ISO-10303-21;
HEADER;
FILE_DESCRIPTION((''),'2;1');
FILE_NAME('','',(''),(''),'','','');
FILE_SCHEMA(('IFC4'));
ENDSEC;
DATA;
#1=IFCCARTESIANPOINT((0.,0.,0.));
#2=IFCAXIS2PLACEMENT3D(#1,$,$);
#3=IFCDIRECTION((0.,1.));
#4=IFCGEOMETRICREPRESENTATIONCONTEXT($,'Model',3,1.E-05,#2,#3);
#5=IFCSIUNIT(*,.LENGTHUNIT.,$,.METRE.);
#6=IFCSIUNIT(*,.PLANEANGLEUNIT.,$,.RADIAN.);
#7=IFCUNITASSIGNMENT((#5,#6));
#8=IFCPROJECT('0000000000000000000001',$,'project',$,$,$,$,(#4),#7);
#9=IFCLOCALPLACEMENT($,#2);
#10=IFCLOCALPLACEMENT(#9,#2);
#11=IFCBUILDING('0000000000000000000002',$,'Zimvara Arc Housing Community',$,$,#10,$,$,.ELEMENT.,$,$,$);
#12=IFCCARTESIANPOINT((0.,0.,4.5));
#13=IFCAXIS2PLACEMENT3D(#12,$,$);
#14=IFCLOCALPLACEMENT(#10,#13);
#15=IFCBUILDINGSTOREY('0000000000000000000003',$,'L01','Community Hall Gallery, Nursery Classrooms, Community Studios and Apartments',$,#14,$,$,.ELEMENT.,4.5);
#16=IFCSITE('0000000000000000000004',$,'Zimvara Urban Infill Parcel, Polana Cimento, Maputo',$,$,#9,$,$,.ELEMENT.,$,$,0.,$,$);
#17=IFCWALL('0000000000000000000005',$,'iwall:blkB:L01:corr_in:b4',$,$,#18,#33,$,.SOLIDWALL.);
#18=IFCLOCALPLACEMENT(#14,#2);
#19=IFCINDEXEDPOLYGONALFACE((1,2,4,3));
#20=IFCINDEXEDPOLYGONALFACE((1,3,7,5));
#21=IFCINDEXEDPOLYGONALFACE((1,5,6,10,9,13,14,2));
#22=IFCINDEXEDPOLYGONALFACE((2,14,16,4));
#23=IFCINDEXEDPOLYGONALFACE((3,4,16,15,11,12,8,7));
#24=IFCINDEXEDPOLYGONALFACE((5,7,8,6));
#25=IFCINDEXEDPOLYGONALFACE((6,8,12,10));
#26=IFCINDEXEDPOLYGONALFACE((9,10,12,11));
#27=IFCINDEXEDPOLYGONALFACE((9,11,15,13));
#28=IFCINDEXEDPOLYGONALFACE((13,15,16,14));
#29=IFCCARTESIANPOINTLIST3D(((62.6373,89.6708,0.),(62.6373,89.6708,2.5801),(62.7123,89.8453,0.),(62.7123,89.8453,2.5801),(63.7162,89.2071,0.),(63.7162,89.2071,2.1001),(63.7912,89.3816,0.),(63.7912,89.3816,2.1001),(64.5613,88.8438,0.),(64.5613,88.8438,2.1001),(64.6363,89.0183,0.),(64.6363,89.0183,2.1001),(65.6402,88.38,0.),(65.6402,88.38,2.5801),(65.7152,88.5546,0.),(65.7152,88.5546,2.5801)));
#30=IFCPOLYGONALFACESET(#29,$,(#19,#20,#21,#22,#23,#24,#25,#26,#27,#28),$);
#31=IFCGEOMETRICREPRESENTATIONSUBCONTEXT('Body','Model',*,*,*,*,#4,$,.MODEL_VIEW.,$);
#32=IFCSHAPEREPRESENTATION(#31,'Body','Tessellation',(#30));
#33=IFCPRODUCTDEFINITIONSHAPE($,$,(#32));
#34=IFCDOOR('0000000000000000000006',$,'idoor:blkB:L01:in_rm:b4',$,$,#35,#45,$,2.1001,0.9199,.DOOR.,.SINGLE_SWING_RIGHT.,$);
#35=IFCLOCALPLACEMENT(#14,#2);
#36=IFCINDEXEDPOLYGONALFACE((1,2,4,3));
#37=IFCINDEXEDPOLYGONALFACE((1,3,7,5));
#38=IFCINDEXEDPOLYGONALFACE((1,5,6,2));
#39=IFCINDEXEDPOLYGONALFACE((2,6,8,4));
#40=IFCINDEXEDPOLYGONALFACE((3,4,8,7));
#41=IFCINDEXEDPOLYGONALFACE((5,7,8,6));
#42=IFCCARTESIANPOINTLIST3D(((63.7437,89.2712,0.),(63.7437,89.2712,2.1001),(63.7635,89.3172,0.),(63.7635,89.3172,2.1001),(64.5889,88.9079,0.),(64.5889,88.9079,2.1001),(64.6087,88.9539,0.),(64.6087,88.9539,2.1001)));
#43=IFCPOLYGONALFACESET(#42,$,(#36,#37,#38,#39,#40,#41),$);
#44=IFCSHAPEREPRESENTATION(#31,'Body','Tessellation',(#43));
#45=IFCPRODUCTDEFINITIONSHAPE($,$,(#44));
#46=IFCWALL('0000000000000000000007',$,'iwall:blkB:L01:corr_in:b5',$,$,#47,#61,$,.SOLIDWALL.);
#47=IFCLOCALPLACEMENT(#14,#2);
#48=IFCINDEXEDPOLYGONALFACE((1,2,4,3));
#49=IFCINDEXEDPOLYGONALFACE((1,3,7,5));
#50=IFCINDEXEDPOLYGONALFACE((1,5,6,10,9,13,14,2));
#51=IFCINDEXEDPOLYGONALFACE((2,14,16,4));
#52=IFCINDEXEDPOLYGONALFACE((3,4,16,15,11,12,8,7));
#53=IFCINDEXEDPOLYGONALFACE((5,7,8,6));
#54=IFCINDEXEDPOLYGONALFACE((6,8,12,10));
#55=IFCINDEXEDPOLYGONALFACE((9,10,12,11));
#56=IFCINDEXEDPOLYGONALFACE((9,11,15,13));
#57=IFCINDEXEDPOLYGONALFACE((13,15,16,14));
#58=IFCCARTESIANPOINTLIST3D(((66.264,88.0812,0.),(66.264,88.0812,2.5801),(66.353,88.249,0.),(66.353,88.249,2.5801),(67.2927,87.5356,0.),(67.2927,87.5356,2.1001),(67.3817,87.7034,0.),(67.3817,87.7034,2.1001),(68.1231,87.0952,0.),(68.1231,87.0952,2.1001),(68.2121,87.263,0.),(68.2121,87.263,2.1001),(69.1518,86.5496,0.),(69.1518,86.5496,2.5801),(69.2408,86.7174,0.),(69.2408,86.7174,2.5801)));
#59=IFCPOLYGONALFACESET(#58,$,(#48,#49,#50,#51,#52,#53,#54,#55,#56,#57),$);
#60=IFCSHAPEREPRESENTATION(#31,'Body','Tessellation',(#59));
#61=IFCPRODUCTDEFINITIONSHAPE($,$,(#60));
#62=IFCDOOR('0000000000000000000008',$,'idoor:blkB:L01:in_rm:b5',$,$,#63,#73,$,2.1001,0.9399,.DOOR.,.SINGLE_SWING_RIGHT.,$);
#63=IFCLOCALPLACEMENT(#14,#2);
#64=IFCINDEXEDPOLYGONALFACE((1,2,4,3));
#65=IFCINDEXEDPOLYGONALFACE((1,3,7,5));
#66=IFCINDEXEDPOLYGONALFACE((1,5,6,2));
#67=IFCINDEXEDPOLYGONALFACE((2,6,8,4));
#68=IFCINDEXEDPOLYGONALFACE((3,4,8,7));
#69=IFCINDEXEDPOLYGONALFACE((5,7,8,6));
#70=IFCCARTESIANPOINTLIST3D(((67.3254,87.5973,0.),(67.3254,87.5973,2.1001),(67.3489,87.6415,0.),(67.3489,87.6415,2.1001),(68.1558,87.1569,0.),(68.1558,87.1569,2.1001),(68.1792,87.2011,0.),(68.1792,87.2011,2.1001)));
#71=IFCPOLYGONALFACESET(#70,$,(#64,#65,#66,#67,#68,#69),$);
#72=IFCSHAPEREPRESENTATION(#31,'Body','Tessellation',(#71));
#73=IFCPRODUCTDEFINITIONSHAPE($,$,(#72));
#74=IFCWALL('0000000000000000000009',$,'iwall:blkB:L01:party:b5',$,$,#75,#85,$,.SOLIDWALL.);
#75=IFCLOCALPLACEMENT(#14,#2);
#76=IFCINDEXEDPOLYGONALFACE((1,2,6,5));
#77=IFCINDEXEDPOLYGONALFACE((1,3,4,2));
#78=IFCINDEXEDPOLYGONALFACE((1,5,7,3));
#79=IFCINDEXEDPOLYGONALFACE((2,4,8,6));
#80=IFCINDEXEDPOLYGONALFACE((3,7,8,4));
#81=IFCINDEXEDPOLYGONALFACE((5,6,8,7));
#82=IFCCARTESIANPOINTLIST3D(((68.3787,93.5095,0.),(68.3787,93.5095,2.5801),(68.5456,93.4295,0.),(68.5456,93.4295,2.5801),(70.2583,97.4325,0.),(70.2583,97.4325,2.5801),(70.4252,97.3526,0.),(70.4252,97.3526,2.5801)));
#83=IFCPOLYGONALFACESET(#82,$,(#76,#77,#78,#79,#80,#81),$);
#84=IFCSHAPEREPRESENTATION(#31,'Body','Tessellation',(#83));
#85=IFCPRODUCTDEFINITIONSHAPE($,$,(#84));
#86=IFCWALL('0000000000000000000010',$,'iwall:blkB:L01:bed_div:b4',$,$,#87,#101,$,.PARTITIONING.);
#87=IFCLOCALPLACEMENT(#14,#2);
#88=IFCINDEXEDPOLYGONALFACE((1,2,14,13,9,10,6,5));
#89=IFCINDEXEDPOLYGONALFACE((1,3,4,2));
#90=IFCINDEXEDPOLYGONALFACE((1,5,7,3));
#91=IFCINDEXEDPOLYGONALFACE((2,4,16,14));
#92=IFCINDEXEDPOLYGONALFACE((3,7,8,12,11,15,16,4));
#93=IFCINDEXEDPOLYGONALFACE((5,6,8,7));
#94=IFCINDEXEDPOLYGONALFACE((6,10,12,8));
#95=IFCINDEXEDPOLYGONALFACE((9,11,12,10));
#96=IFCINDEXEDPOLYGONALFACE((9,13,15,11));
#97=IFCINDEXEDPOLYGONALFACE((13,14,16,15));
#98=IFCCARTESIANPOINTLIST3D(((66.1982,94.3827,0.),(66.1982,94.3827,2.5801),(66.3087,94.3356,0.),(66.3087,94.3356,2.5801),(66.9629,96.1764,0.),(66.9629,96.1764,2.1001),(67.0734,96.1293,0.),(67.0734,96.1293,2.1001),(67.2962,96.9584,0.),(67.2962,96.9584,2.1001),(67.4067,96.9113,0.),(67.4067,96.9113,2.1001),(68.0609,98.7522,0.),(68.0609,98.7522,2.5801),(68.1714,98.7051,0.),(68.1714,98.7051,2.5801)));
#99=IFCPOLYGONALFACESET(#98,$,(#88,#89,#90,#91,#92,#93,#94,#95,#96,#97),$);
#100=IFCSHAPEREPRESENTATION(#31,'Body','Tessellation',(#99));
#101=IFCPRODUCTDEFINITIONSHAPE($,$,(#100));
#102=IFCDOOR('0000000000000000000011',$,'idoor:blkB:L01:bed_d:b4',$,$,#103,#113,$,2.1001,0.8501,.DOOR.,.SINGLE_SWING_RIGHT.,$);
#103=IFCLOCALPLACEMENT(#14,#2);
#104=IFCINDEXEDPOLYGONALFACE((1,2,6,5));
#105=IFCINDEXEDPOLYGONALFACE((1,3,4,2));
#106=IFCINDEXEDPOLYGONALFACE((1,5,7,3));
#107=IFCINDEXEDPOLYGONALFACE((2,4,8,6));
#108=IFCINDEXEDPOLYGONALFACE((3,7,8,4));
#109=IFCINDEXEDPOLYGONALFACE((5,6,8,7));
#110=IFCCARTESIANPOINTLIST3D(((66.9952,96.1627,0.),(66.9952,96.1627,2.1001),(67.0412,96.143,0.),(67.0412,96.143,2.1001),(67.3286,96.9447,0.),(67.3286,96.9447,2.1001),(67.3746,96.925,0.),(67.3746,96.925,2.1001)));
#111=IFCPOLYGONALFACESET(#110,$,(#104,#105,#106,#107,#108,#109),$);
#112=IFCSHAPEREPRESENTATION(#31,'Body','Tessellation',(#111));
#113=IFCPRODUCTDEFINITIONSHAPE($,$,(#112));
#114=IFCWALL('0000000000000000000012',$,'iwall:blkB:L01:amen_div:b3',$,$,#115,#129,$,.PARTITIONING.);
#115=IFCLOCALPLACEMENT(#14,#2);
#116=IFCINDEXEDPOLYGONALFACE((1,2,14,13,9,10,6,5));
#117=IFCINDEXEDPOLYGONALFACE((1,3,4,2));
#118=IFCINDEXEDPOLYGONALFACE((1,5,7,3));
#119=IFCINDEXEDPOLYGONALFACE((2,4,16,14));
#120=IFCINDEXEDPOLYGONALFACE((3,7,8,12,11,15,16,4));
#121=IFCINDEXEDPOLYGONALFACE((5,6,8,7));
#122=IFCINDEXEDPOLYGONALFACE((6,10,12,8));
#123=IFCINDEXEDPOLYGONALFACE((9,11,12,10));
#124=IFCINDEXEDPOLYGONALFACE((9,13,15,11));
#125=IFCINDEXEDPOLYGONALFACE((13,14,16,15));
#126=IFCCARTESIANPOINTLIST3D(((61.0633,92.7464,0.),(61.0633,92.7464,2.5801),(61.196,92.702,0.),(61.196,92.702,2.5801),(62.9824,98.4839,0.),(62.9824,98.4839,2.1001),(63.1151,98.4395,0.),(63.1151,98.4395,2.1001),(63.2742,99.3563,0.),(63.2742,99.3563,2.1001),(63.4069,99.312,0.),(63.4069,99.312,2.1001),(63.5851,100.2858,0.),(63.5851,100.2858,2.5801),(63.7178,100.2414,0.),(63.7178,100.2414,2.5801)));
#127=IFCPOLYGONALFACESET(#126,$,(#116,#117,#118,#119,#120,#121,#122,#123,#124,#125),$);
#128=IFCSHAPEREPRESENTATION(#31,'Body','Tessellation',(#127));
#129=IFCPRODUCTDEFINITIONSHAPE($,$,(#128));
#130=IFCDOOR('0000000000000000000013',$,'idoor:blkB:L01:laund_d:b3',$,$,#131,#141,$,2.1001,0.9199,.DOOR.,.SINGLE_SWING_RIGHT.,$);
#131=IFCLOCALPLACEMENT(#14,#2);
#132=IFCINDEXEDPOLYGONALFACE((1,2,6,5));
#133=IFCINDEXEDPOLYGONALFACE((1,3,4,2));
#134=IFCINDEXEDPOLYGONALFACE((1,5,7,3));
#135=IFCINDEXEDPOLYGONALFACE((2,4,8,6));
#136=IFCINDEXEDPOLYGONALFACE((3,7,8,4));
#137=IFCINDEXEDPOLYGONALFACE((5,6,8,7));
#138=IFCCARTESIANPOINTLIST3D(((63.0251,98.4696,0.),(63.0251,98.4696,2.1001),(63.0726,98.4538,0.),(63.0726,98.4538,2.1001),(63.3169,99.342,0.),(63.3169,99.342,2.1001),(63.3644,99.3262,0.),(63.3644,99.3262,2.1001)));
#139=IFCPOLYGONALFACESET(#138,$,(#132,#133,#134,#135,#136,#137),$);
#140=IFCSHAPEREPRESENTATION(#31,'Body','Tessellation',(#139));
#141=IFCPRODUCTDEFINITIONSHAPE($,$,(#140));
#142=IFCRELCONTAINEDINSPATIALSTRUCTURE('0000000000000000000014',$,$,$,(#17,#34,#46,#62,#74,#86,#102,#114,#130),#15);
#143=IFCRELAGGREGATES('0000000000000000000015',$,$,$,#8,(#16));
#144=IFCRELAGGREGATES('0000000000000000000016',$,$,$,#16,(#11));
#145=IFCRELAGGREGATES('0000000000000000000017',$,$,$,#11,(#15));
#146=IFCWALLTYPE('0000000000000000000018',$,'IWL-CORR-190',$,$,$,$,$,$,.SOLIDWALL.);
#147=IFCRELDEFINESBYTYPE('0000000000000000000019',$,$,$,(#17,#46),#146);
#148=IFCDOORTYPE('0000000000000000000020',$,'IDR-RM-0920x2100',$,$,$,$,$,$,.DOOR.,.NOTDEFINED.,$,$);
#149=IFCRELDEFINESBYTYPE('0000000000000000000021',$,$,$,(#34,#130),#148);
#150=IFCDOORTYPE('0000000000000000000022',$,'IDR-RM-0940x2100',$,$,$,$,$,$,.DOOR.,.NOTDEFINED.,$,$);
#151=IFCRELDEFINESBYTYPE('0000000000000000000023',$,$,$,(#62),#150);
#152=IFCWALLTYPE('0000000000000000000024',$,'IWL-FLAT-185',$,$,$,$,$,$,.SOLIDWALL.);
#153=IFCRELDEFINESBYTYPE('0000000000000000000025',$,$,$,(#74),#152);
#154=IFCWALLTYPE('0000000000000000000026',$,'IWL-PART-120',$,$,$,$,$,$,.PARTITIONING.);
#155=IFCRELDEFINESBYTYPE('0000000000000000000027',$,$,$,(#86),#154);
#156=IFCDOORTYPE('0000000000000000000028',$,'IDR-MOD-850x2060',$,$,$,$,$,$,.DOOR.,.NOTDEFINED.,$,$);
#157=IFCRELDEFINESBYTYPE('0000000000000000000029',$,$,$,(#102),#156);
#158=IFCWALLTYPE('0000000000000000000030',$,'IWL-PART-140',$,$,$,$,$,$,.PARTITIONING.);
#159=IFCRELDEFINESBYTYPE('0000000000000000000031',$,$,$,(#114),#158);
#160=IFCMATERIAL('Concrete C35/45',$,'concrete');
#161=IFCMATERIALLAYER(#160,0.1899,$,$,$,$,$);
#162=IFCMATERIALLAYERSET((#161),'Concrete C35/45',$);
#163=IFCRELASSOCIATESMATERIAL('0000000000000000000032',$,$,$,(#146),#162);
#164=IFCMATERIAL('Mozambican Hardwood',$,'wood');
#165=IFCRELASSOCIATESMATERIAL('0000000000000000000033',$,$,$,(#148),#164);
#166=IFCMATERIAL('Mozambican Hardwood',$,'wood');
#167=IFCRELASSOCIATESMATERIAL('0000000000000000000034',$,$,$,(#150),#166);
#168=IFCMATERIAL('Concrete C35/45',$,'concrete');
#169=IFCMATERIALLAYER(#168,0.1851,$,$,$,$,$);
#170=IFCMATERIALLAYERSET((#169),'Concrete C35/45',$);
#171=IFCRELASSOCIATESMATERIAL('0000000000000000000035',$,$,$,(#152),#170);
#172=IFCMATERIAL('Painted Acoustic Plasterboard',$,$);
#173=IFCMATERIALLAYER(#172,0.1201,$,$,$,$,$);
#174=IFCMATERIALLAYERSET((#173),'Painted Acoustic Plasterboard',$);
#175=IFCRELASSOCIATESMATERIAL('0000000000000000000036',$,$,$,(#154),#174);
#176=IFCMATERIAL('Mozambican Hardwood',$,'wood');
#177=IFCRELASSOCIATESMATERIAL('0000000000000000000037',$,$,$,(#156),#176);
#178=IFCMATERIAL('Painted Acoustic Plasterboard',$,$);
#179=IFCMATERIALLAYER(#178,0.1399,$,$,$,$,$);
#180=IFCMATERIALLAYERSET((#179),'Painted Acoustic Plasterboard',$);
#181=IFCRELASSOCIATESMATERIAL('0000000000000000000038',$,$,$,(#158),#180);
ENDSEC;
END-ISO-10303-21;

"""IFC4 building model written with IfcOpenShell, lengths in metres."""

from ifc_helpers import new_model, si_unit, direction, frame, frame_2d, origin, place, context, subcontext, project, spatial, rectangle, extrude, material, layer, layer_set, type_object, element, fill, save


model = new_model("IFC4")

# Units and contexts
model_context = context("Model", 3, precision=1e-05, world=origin(), true_north=direction((0.0, 1.0)))
body_context = subcontext(model_context, "Body", "Model", "MODEL_VIEW")
ifc_project = project(units=[si_unit("LENGTHUNIT", "METRE"), si_unit("PLANEANGLEUNIT", "RADIAN")], contexts=[model_context])

# Site, building, storey
site_placement = place(None, origin())
site = spatial("IfcSite", under=ifc_project, at=site_placement, Name="Zimvara Urban Infill Parcel, Polana Cimento, Maputo", CompositionType="ELEMENT", RefElevation=0.0)
building_placement = place(site_placement, origin())
building = spatial("IfcBuilding", under=site, at=building_placement, Name="Zimvara Arc Housing Community", CompositionType="ELEMENT")
storey_placement = place(building_placement, frame((0.0, 0.0, 4.5)))
storey = spatial("IfcBuildingStorey", under=building, at=storey_placement, Name="L01", Description="Community Hall Gallery, Nursery Classrooms, Community Studios and Apartments", CompositionType="ELEMENT", Elevation=4.5)

# Walls, openings, doors
ifc_material_1 = material(Name="Concrete C35/45", Category="concrete")
ifc_layer_1 = layer(ifc_material_1, 0.1899)
ifc_layer_set_1 = layer_set([ifc_layer_1], Name="Concrete C35/45")
wall_type_1 = type_object("IfcWallType", Name="IWL-CORR-190", PredefinedType="SOLIDWALL", material=ifc_layer_set_1)
wall_1_placement = place(storey_placement, frame((62.6748, 89.7581, 0.0), z_axis=(0.0, 0.0, 1.0), x_axis=(0.918723, -0.394902, 0.0)))
wall_1 = element("IfcWall", 1, at=wall_1_placement, inside=storey, type_object=wall_type_1, Name="iwall:blkB:L01:corr_in:b4", PredefinedType="SOLIDWALL", context=body_context, shape_type="SweptSolid", body=[
    extrude(rectangle(XDim=3.2686, YDim=0.1899, at=frame_2d((1.6343, 0.0))), origin(), (0.0, 0.0, 1.0), 2.5801),
])
opening_1_placement = place(wall_1_placement, frame((1.1743, 0.0, 0.0)))
opening_1 = element("IfcOpeningElement", 2, at=opening_1_placement, cuts=wall_1, PredefinedType="OPENING", context=body_context, shape_type="SweptSolid", body=[
    extrude(rectangle(XDim=0.9199, YDim=2.1001, at=frame_2d((0.46, 1.05))), frame((0.0, 0.105, 0.0), z_axis=(0.0, -1.0, 0.0), x_axis=(1.0, 0.0, 0.0)), (0.0, 0.0, 1.0), 0.21),
])
ifc_material_2 = material(Name="Mozambican Hardwood", Category="wood")
door_type_1 = type_object("IfcDoorType", Name="IDR-RM-0920x2100", OperationType="NOTDEFINED", PredefinedType="DOOR", material=ifc_material_2)
door_1_placement = place(opening_1_placement, origin())
door_1 = element("IfcDoor", 3, at=door_1_placement, inside=storey, type_object=door_type_1, Name="idoor:blkB:L01:in_rm:b4", OperationType="SINGLE_SWING_RIGHT", OverallHeight=2.1001, OverallWidth=0.9199, PredefinedType="DOOR", context=body_context, shape_type="SweptSolid", body=[
    extrude(rectangle(XDim=0.9199, YDim=2.1001, at=frame_2d((0.46, 1.05))), frame((0.0, 0.0249, 0.0), z_axis=(0.0, -1.0, 0.0), x_axis=(1.0, 0.0, 0.0)), (0.0, 0.0, 1.0), 0.05),
])
fill(opening_1, door_1)
wall_2_placement = place(storey_placement, frame((66.3086, 88.165, 0.0), z_axis=(0.0, 0.0, 1.0), x_axis=(0.883444, -0.468536, 0.0)))
wall_2 = element("IfcWall", 4, at=wall_2_placement, inside=storey, type_object=wall_type_1, Name="iwall:blkB:L01:corr_in:b5", PredefinedType="SOLIDWALL", context=body_context, shape_type="SweptSolid", body=[
    extrude(rectangle(XDim=3.2688, YDim=0.1899, at=frame_2d((1.6343, 0.0))), origin(), (0.0, 0.0, 1.0), 2.5801),
])
opening_2_placement = place(wall_2_placement, frame((1.1643, 0.0, 0.0)))
opening_2 = element("IfcOpeningElement", 5, at=opening_2_placement, cuts=wall_2, PredefinedType="OPENING", context=body_context, shape_type="SweptSolid", body=[
    extrude(rectangle(XDim=0.9399, YDim=2.1001, at=frame_2d((0.47, 1.05))), frame((0.0, 0.105, 0.0), z_axis=(0.0, -1.0, 0.0), x_axis=(1.0, 0.0, 0.0)), (0.0, 0.0, 1.0), 0.21),
])
ifc_material_3 = material(Name="Mozambican Hardwood", Category="wood")
door_type_2 = type_object("IfcDoorType", Name="IDR-RM-0940x2100", OperationType="NOTDEFINED", PredefinedType="DOOR", material=ifc_material_3)
door_2_placement = place(opening_2_placement, origin())
door_2 = element("IfcDoor", 6, at=door_2_placement, inside=storey, type_object=door_type_2, Name="idoor:blkB:L01:in_rm:b5", OperationType="SINGLE_SWING_RIGHT", OverallHeight=2.1001, OverallWidth=0.9399, PredefinedType="DOOR", context=body_context, shape_type="SweptSolid", body=[
    extrude(rectangle(XDim=0.9399, YDim=2.1001, at=frame_2d((0.47, 1.05))), frame((0.0, 0.0249, 0.0), z_axis=(0.0, -1.0, 0.0), x_axis=(1.0, 0.0, 0.0)), (0.0, 0.0, 1.0), 0.05),
])
fill(opening_2, door_2)

# Wall
ifc_material_4 = material(Name="Concrete C35/45", Category="concrete")
ifc_layer_2 = layer(ifc_material_4, 0.1851)
ifc_layer_set_2 = layer_set([ifc_layer_2], Name="Concrete C35/45")
wall_type_2 = type_object("IfcWallType", Name="IWL-FLAT-185", PredefinedType="SOLIDWALL", material=ifc_layer_set_2)
wall_3_placement = place(storey_placement, frame((68.4622, 93.4695, 0.0), z_axis=(0.0, 0.0, 1.0), x_axis=(0.432087, 0.901832, 0.0)))
element("IfcWall", 7, at=wall_3_placement, inside=storey, type_object=wall_type_2, Name="iwall:blkB:L01:party:b5", PredefinedType="SOLIDWALL", context=body_context, shape_type="SweptSolid", body=[
    extrude(rectangle(XDim=4.3501, YDim=0.1851, at=frame_2d((2.175, 0.0))), origin(), (0.0, 0.0, 1.0), 2.5801),
])

# Walls, openings, doors
ifc_material_5 = material(Name="Painted Acoustic Plasterboard")
ifc_layer_3 = layer(ifc_material_5, 0.1201)
ifc_layer_set_3 = layer_set([ifc_layer_3], Name="Painted Acoustic Plasterboard")
wall_type_3 = type_object("IfcWallType", Name="IWL-PART-120", PredefinedType="PARTITIONING", material=ifc_layer_set_3)
wall_4_placement = place(storey_placement, frame((66.2534, 94.3591, 0.0), z_axis=(0.0, 0.0, 1.0), x_axis=(0.392157, 0.919898, 0.0)))
wall_4 = element("IfcWall", 8, at=wall_4_placement, inside=storey, type_object=wall_type_3, Name="iwall:blkB:L01:bed_div:b4", PredefinedType="PARTITIONING", context=body_context, shape_type="SweptSolid", body=[
    extrude(rectangle(XDim=4.75, YDim=0.1201, at=frame_2d((2.375, 0.0))), origin(), (0.0, 0.0, 1.0), 2.5801),
])
opening_3_placement = place(wall_4_placement, frame((1.95, 0.0, 0.0)))
opening_3 = element("IfcOpeningElement", 9, at=opening_3_placement, cuts=wall_4, PredefinedType="OPENING", context=body_context, shape_type="SweptSolid", body=[
    extrude(rectangle(XDim=0.8501, YDim=2.1001, at=frame_2d((0.425, 1.05))), frame((0.0, 0.0701, 0.0), z_axis=(0.0, -1.0, 0.0), x_axis=(1.0, 0.0, 0.0)), (0.0, 0.0, 1.0), 0.1401),
])
ifc_material_6 = material(Name="Mozambican Hardwood", Category="wood")
door_type_3 = type_object("IfcDoorType", Name="IDR-MOD-850x2060", OperationType="NOTDEFINED", PredefinedType="DOOR", material=ifc_material_6)
door_3_placement = place(opening_3_placement, origin())
door_3 = element("IfcDoor", 10, at=door_3_placement, inside=storey, type_object=door_type_3, Name="idoor:blkB:L01:bed_d:b4", OperationType="SINGLE_SWING_RIGHT", OverallHeight=2.1001, OverallWidth=0.8501, PredefinedType="DOOR", context=body_context, shape_type="SweptSolid", body=[
    extrude(rectangle(XDim=0.8501, YDim=2.1001, at=frame_2d((0.425, 1.05))), frame((0.0, 0.0249, 0.0), z_axis=(0.0, -1.0, 0.0), x_axis=(1.0, 0.0, 0.0)), (0.0, 0.0, 1.0), 0.05),
])
fill(opening_3, door_3)
ifc_material_7 = material(Name="Painted Acoustic Plasterboard")
ifc_layer_4 = layer(ifc_material_7, 0.1399)
ifc_layer_set_4 = layer_set([ifc_layer_4], Name="Painted Acoustic Plasterboard")
wall_type_4 = type_object("IfcWallType", Name="IWL-PART-140", PredefinedType="PARTITIONING", material=ifc_layer_set_4)
wall_5_placement = place(storey_placement, frame((61.1296, 92.7241, 0.0), z_axis=(0.0, 0.0, 1.0), x_axis=(0.317204, 0.948357, 0.0)))
wall_5 = element("IfcWall", 11, at=wall_5_placement, inside=storey, type_object=wall_type_4, Name="iwall:blkB:L01:amen_div:b3", PredefinedType="PARTITIONING", context=body_context, shape_type="SweptSolid", body=[
    extrude(rectangle(XDim=7.95, YDim=0.1399, at=frame_2d((3.9751, 0.0))), origin(), (0.0, 0.0, 1.0), 2.5801),
])
opening_4_placement = place(wall_5_placement, frame((6.05, 0.0, 0.0)))
opening_4 = element("IfcOpeningElement", 12, at=opening_4_placement, cuts=wall_5, PredefinedType="OPENING", context=body_context, shape_type="SweptSolid", body=[
    extrude(rectangle(XDim=0.9199, YDim=2.1001, at=frame_2d((0.46, 1.05))), frame((0.0, 0.0798, 0.0), z_axis=(0.0, -1.0, 0.0), x_axis=(1.0, 0.0, 0.0)), (0.0, 0.0, 1.0), 0.1599),
])
door_4_placement = place(opening_4_placement, origin())
door_4 = element("IfcDoor", 13, at=door_4_placement, inside=storey, type_object=door_type_1, Name="idoor:blkB:L01:laund_d:b3", OperationType="SINGLE_SWING_RIGHT", OverallHeight=2.1001, OverallWidth=0.9199, PredefinedType="DOOR", context=body_context, shape_type="SweptSolid", body=[
    extrude(rectangle(XDim=0.9199, YDim=2.1001, at=frame_2d((0.46, 1.05))), frame((0.0, 0.0249, 0.0), z_axis=(0.0, -1.0, 0.0), x_axis=(1.0, 0.0, 0.0)), (0.0, 0.0, 1.0), 0.05),
])
fill(opening_4, door_4)

save(model, "model.ifc")
